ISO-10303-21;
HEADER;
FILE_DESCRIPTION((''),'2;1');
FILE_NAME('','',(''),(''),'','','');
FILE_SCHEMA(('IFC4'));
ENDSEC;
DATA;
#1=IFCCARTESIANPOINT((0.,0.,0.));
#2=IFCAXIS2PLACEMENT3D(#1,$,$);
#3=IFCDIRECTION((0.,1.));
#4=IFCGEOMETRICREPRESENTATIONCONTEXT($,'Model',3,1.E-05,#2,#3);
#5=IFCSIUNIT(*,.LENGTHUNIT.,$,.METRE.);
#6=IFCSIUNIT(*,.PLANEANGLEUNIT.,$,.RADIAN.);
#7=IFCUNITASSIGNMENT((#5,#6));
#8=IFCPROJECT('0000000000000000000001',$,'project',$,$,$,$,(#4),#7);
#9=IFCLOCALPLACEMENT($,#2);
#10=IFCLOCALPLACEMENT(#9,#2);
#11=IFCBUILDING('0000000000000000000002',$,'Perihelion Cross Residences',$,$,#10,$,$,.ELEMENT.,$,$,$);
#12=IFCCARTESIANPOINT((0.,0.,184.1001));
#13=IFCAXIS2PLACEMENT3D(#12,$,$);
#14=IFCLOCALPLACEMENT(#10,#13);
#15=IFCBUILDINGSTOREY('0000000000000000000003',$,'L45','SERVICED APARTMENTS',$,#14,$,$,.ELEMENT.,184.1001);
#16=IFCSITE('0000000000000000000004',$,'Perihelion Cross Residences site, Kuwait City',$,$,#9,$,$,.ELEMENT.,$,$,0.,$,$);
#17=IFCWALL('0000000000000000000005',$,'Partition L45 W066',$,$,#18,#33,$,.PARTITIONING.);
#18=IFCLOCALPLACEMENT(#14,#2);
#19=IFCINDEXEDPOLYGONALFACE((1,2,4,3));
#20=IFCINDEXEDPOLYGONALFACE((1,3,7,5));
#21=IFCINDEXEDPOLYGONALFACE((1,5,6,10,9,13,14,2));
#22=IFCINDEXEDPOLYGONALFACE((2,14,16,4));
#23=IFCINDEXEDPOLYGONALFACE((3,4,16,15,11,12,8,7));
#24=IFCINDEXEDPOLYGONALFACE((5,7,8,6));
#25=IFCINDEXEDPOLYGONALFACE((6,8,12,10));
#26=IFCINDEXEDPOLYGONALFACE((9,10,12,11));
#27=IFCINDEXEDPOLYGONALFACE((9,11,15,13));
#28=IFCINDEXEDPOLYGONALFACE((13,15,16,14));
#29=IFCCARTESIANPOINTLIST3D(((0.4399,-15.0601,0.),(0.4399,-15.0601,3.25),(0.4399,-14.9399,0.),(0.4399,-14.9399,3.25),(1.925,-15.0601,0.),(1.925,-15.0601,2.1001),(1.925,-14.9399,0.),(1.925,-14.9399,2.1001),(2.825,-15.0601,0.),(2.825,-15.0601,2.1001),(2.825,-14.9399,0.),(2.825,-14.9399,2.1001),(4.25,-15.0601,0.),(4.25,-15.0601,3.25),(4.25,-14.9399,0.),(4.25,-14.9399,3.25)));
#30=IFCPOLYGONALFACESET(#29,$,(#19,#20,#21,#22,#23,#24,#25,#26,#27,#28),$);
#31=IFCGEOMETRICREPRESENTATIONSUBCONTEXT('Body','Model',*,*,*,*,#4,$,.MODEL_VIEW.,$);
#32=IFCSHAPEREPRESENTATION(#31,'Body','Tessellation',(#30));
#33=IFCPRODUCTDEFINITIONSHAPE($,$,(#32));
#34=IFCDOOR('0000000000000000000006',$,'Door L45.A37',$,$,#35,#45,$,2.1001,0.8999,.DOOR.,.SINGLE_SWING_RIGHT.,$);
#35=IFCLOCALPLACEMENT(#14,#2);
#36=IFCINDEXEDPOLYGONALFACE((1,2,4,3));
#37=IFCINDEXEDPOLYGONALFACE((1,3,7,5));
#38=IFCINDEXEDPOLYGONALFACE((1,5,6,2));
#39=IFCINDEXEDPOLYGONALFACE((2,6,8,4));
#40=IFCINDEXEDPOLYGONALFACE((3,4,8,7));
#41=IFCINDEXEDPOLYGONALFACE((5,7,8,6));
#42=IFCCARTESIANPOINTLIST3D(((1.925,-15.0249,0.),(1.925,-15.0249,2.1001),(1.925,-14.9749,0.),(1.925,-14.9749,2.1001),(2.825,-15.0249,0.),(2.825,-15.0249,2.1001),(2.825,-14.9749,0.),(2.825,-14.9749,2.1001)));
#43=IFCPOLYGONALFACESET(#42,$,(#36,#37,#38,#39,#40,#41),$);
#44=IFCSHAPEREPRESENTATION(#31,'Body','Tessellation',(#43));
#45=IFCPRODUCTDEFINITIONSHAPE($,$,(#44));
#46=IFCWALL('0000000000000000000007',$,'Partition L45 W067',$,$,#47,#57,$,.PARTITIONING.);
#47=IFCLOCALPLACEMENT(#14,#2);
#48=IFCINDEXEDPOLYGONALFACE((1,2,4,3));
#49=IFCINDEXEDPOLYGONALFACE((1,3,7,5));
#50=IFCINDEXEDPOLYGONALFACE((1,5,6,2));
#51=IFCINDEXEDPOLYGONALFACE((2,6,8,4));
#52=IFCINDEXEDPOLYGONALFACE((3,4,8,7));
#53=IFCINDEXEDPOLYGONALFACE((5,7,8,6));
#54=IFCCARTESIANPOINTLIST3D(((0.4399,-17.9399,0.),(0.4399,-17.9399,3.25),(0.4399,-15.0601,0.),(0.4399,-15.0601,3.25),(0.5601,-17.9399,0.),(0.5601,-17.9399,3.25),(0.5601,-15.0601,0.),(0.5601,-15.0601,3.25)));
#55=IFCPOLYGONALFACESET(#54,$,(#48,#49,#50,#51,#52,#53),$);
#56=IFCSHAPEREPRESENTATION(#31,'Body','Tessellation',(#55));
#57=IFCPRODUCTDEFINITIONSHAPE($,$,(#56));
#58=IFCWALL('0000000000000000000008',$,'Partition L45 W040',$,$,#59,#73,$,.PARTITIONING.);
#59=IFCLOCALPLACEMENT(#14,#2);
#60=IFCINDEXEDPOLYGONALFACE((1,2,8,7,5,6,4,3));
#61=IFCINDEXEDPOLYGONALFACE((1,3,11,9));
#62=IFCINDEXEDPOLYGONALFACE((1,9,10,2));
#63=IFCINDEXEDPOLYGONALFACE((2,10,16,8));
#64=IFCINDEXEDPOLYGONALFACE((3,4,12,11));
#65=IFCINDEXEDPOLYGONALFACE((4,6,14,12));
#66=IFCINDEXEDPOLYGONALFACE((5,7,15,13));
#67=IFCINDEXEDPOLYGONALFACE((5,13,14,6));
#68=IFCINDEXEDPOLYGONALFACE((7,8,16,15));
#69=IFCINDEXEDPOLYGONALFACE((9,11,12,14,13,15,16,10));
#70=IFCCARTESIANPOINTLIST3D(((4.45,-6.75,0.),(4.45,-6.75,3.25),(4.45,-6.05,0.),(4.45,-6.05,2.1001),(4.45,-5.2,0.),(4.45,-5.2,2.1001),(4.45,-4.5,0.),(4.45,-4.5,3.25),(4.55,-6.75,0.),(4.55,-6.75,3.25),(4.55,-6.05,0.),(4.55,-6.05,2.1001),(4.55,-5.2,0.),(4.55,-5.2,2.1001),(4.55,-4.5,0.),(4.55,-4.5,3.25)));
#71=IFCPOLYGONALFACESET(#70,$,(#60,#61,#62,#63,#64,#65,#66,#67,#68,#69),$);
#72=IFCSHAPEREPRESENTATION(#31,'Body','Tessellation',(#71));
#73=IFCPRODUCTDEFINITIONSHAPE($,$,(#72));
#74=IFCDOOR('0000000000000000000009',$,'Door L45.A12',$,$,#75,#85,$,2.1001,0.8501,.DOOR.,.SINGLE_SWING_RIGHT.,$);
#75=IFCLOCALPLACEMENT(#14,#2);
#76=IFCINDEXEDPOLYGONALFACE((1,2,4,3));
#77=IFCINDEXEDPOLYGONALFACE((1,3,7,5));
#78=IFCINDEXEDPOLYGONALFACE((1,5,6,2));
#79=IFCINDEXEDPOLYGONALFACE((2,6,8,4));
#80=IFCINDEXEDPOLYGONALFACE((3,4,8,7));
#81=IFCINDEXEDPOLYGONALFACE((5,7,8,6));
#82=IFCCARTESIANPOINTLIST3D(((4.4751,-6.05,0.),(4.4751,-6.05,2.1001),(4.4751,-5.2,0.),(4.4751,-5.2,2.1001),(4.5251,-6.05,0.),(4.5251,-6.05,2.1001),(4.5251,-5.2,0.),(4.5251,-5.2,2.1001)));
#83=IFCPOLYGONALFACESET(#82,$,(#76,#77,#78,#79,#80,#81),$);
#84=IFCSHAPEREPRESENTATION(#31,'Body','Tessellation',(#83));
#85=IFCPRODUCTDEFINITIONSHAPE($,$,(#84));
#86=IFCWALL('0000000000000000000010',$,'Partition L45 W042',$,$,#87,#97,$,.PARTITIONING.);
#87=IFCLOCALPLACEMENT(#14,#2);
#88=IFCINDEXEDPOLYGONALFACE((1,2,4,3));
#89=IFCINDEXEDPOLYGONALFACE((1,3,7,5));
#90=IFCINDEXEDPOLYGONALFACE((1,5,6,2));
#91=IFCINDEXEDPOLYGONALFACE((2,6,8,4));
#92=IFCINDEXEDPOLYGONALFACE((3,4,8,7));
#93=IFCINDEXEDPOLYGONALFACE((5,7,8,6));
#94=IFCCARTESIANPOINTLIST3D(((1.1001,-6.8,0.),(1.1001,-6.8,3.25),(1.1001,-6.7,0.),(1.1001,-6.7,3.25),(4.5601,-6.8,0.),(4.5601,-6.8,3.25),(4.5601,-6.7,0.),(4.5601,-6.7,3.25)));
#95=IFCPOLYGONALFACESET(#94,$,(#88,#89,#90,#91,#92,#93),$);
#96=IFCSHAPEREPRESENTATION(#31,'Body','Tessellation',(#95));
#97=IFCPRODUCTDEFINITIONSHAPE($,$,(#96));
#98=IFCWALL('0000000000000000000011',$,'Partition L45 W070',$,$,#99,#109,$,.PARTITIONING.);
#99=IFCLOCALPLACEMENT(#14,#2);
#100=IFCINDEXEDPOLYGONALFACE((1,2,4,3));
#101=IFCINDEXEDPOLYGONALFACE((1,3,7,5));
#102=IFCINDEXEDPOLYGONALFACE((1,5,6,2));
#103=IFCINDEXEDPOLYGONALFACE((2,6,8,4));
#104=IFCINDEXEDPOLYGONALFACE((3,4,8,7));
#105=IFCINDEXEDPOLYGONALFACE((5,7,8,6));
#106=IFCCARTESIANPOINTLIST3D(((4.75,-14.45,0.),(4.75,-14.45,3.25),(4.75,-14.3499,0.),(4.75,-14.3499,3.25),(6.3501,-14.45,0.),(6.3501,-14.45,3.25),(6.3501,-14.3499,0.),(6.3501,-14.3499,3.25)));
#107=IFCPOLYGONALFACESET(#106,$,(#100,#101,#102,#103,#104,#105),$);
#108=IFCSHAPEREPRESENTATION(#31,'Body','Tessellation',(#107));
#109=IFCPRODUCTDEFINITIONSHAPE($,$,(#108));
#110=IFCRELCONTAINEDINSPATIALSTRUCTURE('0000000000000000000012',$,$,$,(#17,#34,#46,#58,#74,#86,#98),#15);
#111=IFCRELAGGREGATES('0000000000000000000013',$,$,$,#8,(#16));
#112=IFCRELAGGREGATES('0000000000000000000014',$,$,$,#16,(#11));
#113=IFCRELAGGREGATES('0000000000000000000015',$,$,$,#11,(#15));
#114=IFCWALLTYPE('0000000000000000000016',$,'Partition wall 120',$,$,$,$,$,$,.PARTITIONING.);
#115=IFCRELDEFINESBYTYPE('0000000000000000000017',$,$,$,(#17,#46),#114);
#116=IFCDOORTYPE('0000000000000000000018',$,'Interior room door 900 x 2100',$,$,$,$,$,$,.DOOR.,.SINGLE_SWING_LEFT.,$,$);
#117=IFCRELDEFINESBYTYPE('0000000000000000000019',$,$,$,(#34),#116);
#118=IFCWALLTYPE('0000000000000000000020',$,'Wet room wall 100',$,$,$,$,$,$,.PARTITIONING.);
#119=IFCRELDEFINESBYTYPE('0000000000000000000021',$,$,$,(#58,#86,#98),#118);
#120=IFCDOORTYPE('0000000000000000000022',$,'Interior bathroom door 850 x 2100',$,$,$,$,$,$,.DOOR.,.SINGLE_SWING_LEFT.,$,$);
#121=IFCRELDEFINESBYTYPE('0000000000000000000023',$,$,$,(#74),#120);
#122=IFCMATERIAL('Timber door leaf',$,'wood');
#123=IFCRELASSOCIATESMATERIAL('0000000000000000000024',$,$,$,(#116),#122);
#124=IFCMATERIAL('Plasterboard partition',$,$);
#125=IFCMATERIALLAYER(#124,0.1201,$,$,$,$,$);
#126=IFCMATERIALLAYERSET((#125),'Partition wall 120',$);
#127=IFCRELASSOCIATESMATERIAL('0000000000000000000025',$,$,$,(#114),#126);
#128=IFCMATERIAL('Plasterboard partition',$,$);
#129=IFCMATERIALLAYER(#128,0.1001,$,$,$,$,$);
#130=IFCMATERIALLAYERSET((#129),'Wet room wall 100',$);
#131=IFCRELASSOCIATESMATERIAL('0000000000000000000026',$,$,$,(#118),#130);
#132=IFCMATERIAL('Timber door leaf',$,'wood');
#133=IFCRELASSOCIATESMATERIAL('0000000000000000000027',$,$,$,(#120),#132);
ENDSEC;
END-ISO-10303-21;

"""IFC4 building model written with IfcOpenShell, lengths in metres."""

from ifc_helpers import new_model, si_unit, direction, frame, frame_2d, origin, place, context, subcontext, project, spatial, rectangle, extrude, material, layer, layer_set, type_object, element, fill, save


model = new_model("IFC4")

# Units and contexts
model_context = context("Model", 3, precision=1e-05, world=origin(), true_north=direction((0.0, 1.0)))
body_context = subcontext(model_context, "Body", "Model", "MODEL_VIEW")
ifc_project = project(units=[si_unit("LENGTHUNIT", "METRE"), si_unit("PLANEANGLEUNIT", "RADIAN")], contexts=[model_context])

# Site, building, storey
site_placement = place(None, origin())
site = spatial("IfcSite", under=ifc_project, at=site_placement, Name="Perihelion Cross Residences site, Kuwait City", CompositionType="ELEMENT", RefElevation=0.0)
building_placement = place(site_placement, origin())
building = spatial("IfcBuilding", under=site, at=building_placement, Name="Perihelion Cross Residences", CompositionType="ELEMENT")
storey_placement = place(building_placement, frame((0.0, 0.0, 184.1001)))
storey = spatial("IfcBuildingStorey", under=building, at=storey_placement, Name="L45", Description="SERVICED APARTMENTS", CompositionType="ELEMENT", Elevation=184.1001)

# Wall, opening, door
ifc_material_1 = material(Name="Timber door leaf", Category="wood")
door_type_1 = type_object("IfcDoorType", Name="Interior room door 900 x 2100", OperationType="SINGLE_SWING_LEFT", PredefinedType="DOOR", material=ifc_material_1)
ifc_material_2 = material(Name="Plasterboard partition")
ifc_layer_1 = layer(ifc_material_2, 0.1201)
ifc_layer_set_1 = layer_set([ifc_layer_1], Name="Partition wall 120")
wall_type_1 = type_object("IfcWallType", Name="Partition wall 120", PredefinedType="PARTITIONING", material=ifc_layer_set_1)
wall_1_placement = place(storey_placement, frame((4.25, -15.0, 0.0), z_axis=(0.0, 0.0, 1.0), x_axis=(-1.0, 0.0, 0.0)))
wall_1 = element("IfcWall", 1, at=wall_1_placement, inside=storey, type_object=wall_type_1, Name="Partition L45 W066", PredefinedType="PARTITIONING", context=body_context, shape_type="SweptSolid", body=[
    extrude(rectangle(XDim=3.8101, YDim=0.1201, at=frame_2d((1.905, 0.0))), origin(), (0.0, 0.0, 1.0), 3.25),
])
opening_1_placement = place(wall_1_placement, frame((1.425, 0.0, 0.0)))
opening_1 = element("IfcOpeningElement", 2, at=opening_1_placement, cuts=wall_1, PredefinedType="OPENING", context=body_context, shape_type="SweptSolid", body=[
    extrude(rectangle(XDim=0.8999, YDim=2.1001, at=frame_2d((0.45, 1.05))), frame((0.0, 0.0701, 0.0), z_axis=(0.0, -1.0, 0.0), x_axis=(1.0, 0.0, 0.0)), (0.0, 0.0, 1.0), 0.1401),
])
door_1_placement = place(opening_1_placement, origin())
door_1 = element("IfcDoor", 3, at=door_1_placement, inside=storey, type_object=door_type_1, Name="Door L45.A37", OperationType="SINGLE_SWING_RIGHT", OverallHeight=2.1001, OverallWidth=0.8999, PredefinedType="DOOR", context=body_context, shape_type="SweptSolid", body=[
    extrude(rectangle(XDim=0.8999, YDim=2.1001, at=frame_2d((0.45, 1.05))), frame((0.0, 0.0249, 0.0), z_axis=(0.0, -1.0, 0.0), x_axis=(1.0, 0.0, 0.0)), (0.0, 0.0, 1.0), 0.05),
])
fill(opening_1, door_1)

# Wall
wall_2_placement = place(storey_placement, frame((0.5, -15.0601, 0.0), z_axis=(0.0, 0.0, 1.0), x_axis=(0.0, -1.0, 0.0)))
element("IfcWall", 4, at=wall_2_placement, inside=storey, type_object=wall_type_1, Name="Partition L45 W067", PredefinedType="PARTITIONING", context=body_context, shape_type="SweptSolid", body=[
    extrude(rectangle(XDim=2.8799, YDim=0.1201, at=frame_2d((1.4399, 0.0))), origin(), (0.0, 0.0, 1.0), 3.25),
])

# Wall, opening, door
ifc_material_3 = material(Name="Plasterboard partition")
ifc_layer_2 = layer(ifc_material_3, 0.1001)
ifc_layer_set_2 = layer_set([ifc_layer_2], Name="Wet room wall 100")
wall_type_2 = type_object("IfcWallType", Name="Wet room wall 100", PredefinedType="PARTITIONING", material=ifc_layer_set_2)
wall_3_placement = place(storey_placement, frame((4.5, -6.75, 0.0), z_axis=(0.0, 0.0, 1.0), x_axis=(0.0, 1.0, 0.0)))
wall_3 = element("IfcWall", 5, at=wall_3_placement, inside=storey, type_object=wall_type_2, Name="Partition L45 W040", PredefinedType="PARTITIONING", context=body_context, shape_type="SweptSolid", body=[
    extrude(rectangle(XDim=2.25, YDim=0.1001, at=frame_2d((1.125, 0.0))), origin(), (0.0, 0.0, 1.0), 3.25),
])
opening_2_placement = place(wall_3_placement, frame((0.7, 0.0, 0.0)))
opening_2 = element("IfcOpeningElement", 6, at=opening_2_placement, cuts=wall_3, PredefinedType="OPENING", context=body_context, shape_type="SweptSolid", body=[
    extrude(rectangle(XDim=0.8501, YDim=2.1001, at=frame_2d((0.425, 1.05))), frame((0.0, 0.0601, 0.0), z_axis=(0.0, -1.0, 0.0), x_axis=(1.0, 0.0, 0.0)), (0.0, 0.0, 1.0), 0.1201),
])
ifc_material_4 = material(Name="Timber door leaf", Category="wood")
door_type_2 = type_object("IfcDoorType", Name="Interior bathroom door 850 x 2100", OperationType="SINGLE_SWING_LEFT", PredefinedType="DOOR", material=ifc_material_4)
door_2_placement = place(opening_2_placement, origin())
door_2 = element("IfcDoor", 7, at=door_2_placement, inside=storey, type_object=door_type_2, Name="Door L45.A12", OperationType="SINGLE_SWING_RIGHT", OverallHeight=2.1001, OverallWidth=0.8501, PredefinedType="DOOR", context=body_context, shape_type="SweptSolid", body=[
    extrude(rectangle(XDim=0.8501, YDim=2.1001, at=frame_2d((0.425, 1.05))), frame((0.0, 0.0249, 0.0), z_axis=(0.0, -1.0, 0.0), x_axis=(1.0, 0.0, 0.0)), (0.0, 0.0, 1.0), 0.05),
])
fill(opening_2, door_2)

# Walls
wall_4_placement = place(storey_placement, frame((4.5601, -6.75, 0.0), z_axis=(0.0, 0.0, 1.0), x_axis=(-1.0, 0.0, 0.0)))
element("IfcWall", 8, at=wall_4_placement, inside=storey, type_object=wall_type_2, Name="Partition L45 W042", PredefinedType="PARTITIONING", context=body_context, shape_type="SweptSolid", body=[
    extrude(rectangle(XDim=3.46, YDim=0.1001, at=frame_2d((1.73, 0.0))), origin(), (0.0, 0.0, 1.0), 3.25),
])
wall_5_placement = place(storey_placement, frame((6.3501, -14.3999, 0.0), z_axis=(0.0, 0.0, 1.0), x_axis=(-1.0, 0.0, 0.0)))
element("IfcWall", 9, at=wall_5_placement, inside=storey, type_object=wall_type_2, Name="Partition L45 W070", PredefinedType="PARTITIONING", context=body_context, shape_type="SweptSolid", body=[
    extrude(rectangle(XDim=1.6001, YDim=0.1001, at=frame_2d((0.8, 0.0))), origin(), (0.0, 0.0, 1.0), 3.25),
])

save(model, "model.ifc")
